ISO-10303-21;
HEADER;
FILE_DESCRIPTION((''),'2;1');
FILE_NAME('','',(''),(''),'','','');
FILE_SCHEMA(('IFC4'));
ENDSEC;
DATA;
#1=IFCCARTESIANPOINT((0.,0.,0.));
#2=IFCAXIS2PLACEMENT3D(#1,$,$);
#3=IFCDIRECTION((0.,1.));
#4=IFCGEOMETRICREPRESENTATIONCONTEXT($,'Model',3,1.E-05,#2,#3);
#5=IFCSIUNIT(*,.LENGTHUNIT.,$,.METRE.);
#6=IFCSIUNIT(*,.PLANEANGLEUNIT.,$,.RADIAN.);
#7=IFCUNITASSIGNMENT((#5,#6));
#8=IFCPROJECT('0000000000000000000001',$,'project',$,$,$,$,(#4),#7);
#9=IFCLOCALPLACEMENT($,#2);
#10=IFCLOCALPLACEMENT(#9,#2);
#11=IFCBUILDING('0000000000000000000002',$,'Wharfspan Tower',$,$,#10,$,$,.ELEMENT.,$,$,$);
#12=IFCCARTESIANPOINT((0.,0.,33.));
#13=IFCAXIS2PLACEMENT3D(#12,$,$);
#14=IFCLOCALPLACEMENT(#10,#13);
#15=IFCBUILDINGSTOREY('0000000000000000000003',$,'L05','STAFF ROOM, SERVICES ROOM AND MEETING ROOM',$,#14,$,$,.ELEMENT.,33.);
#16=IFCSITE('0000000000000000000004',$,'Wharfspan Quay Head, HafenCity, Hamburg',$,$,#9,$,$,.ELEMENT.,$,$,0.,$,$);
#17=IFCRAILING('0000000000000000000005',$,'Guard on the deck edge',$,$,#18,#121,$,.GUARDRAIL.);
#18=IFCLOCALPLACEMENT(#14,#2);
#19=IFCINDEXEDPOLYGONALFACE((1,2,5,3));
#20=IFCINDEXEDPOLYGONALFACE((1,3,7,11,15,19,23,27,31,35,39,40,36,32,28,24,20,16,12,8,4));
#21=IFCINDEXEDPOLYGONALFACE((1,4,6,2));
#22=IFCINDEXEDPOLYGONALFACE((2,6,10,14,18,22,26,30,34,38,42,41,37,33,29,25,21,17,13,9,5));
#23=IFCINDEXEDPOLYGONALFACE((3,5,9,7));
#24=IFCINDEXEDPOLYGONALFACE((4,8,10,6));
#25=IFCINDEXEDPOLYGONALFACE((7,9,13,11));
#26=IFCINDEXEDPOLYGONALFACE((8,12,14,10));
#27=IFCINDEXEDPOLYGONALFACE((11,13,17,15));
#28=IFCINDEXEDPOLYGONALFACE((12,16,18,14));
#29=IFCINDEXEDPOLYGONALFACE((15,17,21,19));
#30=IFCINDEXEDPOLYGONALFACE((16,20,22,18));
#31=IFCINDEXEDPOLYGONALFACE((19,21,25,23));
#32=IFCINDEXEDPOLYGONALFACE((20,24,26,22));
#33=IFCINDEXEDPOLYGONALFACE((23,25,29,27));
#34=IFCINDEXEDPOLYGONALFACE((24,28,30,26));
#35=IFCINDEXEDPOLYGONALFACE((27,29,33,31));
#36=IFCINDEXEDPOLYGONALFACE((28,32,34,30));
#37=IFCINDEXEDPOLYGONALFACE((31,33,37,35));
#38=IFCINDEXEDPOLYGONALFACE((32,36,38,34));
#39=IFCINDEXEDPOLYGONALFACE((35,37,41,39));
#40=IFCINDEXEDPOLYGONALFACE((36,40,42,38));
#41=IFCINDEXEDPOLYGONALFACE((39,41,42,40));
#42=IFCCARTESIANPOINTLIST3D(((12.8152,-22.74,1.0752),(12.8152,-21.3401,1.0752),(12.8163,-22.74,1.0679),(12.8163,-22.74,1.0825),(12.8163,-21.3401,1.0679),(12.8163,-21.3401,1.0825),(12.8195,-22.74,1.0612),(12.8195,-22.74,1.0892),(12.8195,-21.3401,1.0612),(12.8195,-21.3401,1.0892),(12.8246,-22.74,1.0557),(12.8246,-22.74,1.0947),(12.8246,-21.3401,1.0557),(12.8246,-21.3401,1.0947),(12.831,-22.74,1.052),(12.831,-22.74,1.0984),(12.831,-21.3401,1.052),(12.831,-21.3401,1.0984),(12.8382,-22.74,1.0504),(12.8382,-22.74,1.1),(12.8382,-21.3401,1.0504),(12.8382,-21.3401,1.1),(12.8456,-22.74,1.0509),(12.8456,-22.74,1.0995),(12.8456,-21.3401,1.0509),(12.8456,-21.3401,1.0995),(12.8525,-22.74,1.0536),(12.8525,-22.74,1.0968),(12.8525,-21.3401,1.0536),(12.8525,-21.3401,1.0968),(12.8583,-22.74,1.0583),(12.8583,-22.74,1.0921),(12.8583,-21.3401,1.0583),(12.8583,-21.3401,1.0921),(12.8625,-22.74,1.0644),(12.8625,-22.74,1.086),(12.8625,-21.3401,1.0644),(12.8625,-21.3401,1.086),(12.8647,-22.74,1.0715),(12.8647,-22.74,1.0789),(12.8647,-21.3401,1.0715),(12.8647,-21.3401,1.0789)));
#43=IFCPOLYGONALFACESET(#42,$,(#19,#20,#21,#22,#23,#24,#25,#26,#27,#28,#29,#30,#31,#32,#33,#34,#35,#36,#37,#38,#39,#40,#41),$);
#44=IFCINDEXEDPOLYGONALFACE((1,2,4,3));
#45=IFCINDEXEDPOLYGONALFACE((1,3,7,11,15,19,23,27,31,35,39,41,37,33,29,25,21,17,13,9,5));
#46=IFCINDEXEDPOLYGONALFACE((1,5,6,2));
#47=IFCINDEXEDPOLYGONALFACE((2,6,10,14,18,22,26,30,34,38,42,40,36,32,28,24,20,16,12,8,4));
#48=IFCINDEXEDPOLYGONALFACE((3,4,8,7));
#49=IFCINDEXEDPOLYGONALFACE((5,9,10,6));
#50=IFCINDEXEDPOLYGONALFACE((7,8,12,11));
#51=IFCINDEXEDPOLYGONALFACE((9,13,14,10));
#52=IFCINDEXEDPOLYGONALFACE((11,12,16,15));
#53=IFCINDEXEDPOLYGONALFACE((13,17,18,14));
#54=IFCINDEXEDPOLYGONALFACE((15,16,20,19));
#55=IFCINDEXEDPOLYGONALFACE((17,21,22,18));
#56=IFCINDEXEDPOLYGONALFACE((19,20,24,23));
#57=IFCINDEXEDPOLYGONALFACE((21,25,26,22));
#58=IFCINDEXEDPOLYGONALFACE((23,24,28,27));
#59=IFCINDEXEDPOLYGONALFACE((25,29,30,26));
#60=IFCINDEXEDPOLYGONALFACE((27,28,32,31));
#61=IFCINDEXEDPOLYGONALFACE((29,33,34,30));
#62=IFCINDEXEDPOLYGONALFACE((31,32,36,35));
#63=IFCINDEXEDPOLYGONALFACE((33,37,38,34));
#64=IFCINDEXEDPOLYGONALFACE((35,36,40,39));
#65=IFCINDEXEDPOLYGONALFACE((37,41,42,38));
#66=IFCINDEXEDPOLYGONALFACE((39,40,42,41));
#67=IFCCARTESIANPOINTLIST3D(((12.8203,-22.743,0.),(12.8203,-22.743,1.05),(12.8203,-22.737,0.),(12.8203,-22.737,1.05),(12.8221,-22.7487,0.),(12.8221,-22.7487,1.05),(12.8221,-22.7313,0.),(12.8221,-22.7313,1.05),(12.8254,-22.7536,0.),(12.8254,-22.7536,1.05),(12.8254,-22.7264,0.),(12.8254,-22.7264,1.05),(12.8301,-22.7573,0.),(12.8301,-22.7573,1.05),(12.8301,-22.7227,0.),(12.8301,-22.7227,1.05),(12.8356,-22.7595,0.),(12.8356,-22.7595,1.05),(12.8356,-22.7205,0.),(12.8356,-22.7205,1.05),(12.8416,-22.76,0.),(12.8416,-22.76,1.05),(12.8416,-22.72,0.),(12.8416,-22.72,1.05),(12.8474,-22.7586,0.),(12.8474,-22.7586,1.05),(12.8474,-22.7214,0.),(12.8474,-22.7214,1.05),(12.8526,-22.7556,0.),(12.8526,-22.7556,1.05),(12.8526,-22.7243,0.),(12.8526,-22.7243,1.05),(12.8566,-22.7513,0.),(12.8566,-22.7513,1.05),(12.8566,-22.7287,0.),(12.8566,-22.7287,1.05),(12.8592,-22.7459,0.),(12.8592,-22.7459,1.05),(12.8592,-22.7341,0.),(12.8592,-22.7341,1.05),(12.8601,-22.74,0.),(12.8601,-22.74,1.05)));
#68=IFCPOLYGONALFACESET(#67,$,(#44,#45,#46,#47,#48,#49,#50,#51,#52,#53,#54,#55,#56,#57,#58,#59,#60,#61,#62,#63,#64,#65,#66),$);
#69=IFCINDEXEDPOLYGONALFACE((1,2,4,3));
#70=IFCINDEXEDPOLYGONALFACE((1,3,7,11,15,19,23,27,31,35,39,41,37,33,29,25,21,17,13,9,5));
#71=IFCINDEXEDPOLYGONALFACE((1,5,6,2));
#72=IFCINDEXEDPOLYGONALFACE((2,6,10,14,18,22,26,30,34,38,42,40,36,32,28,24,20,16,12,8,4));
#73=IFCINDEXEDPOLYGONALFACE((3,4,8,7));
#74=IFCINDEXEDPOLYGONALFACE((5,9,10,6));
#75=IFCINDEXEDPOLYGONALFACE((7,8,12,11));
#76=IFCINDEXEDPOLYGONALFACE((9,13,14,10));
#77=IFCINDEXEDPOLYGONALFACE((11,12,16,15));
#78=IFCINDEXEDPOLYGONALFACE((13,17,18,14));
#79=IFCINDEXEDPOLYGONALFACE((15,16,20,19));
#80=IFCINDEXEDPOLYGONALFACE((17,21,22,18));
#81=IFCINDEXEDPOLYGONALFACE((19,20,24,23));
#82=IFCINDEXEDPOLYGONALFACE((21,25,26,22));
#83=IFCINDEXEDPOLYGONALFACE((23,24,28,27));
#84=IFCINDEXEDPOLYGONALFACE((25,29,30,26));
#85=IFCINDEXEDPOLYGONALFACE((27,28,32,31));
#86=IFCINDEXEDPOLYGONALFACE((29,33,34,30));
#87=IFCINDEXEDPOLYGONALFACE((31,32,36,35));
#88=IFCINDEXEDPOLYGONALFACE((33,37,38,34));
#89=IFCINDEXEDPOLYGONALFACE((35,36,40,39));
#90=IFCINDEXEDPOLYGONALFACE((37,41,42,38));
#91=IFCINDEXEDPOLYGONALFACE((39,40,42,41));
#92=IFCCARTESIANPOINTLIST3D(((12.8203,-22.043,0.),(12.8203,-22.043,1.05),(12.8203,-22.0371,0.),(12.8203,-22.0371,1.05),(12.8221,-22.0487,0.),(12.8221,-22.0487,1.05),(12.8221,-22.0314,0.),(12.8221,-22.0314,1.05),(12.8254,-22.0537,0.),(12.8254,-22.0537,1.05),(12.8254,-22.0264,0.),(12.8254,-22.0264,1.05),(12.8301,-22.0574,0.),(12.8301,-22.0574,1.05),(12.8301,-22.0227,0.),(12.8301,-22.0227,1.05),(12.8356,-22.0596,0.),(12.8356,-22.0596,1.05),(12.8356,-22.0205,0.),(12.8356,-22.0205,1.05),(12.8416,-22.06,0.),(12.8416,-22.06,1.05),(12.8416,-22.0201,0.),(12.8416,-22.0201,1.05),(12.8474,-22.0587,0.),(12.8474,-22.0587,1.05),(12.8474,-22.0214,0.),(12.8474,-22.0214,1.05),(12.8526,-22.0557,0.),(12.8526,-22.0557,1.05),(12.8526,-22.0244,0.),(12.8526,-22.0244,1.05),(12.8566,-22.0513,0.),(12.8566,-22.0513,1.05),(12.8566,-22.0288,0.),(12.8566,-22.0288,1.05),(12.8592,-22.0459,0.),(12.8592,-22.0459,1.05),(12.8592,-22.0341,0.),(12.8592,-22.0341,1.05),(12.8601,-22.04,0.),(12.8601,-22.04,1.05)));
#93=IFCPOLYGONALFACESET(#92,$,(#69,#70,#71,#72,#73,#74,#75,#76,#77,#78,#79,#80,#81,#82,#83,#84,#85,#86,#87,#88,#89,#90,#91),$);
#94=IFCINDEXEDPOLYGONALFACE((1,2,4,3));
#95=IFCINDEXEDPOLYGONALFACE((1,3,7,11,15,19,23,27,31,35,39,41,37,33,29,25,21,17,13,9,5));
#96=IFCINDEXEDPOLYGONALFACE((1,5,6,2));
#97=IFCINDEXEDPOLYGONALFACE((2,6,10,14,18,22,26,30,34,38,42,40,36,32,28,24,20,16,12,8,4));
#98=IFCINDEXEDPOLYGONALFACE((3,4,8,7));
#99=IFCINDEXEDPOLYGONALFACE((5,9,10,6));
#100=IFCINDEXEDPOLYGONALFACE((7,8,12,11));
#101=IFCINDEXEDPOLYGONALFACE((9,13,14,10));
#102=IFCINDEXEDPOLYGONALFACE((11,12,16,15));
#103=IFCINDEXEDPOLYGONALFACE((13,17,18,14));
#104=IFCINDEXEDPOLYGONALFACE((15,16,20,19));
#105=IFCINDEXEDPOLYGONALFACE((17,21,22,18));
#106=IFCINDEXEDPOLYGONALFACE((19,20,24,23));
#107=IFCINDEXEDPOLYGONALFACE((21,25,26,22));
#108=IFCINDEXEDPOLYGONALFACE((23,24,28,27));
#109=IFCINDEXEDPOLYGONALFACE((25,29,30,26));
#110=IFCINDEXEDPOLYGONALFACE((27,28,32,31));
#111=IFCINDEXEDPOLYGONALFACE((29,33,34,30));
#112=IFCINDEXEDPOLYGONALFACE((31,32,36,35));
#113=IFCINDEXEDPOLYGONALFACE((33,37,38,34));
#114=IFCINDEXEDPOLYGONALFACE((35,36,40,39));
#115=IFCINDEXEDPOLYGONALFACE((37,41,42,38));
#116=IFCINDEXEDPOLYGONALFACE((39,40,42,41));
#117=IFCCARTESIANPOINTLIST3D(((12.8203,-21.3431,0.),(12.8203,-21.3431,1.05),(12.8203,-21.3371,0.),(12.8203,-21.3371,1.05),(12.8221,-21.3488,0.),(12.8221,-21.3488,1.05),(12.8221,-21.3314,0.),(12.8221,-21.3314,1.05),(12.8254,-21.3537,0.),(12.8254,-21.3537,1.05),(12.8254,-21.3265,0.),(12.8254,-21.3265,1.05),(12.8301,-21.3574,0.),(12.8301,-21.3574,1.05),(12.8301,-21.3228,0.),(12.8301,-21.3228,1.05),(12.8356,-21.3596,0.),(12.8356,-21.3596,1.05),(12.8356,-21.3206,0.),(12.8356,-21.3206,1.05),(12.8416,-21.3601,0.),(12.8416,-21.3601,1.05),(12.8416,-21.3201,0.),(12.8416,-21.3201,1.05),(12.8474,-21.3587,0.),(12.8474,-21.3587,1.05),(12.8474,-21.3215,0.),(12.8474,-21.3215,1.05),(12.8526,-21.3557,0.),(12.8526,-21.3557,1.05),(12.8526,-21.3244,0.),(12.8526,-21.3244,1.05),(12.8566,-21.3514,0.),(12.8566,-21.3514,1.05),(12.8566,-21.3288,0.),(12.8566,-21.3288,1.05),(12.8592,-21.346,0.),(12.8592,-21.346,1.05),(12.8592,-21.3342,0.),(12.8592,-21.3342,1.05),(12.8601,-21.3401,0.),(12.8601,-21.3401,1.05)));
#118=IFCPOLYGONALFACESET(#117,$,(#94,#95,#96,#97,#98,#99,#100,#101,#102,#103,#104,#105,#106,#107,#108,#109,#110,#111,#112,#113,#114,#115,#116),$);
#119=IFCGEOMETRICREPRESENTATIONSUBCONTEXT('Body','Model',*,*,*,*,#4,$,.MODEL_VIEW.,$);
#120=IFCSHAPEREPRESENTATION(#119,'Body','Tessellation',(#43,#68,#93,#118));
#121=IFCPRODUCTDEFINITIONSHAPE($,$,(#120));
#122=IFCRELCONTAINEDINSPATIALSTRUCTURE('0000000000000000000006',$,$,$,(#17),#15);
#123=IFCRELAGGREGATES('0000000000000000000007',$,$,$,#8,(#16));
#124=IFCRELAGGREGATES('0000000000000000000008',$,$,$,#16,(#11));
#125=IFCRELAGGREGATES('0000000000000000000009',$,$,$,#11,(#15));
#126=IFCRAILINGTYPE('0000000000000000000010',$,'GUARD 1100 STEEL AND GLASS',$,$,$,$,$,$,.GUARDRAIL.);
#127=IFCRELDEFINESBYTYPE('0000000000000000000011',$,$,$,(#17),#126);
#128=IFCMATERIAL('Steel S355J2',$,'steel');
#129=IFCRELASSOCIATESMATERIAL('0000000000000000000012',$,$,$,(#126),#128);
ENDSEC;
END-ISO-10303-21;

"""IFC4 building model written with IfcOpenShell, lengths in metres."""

from ifc_helpers import new_model, si_unit, direction, frame, origin, origin_2d, place, context, subcontext, project, spatial, circle, extrude, material, type_object, element, save


model = new_model("IFC4")

# Units and contexts
model_context = context("Model", 3, precision=1e-05, world=origin(), true_north=direction((0.0, 1.0)))
body_context = subcontext(model_context, "Body", "Model", "MODEL_VIEW")
ifc_project = project(units=[si_unit("LENGTHUNIT", "METRE"), si_unit("PLANEANGLEUNIT", "RADIAN")], contexts=[model_context])

# Site, building, storey
site_placement = place(None, origin())
site = spatial("IfcSite", under=ifc_project, at=site_placement, Name="Wharfspan Quay Head, HafenCity, Hamburg", CompositionType="ELEMENT", RefElevation=0.0)
building_placement = place(site_placement, origin())
building = spatial("IfcBuilding", under=site, at=building_placement, Name="Wharfspan Tower", CompositionType="ELEMENT")
storey_placement = place(building_placement, frame((0.0, 0.0, 33.0)))
storey = spatial("IfcBuildingStorey", under=building, at=storey_placement, Name="L05", Description="STAFF ROOM, SERVICES ROOM AND MEETING ROOM", CompositionType="ELEMENT", Elevation=33.0)

# Railing
ifc_material_1 = material(Name="Steel S355J2", Category="steel")
railing_type = type_object("IfcRailingType", Name="GUARD 1100 STEEL AND GLASS", PredefinedType="GUARDRAIL", material=ifc_material_1)
railing_1_placement = place(storey_placement, frame((12.8401, -22.74, 0.0)))
element("IfcRailing", 1, at=railing_1_placement, inside=storey, type_object=railing_type, Name="Guard on the deck edge", PredefinedType="GUARDRAIL", context=body_context, shape_type="SweptSolid", body=[
    extrude(circle(Radius=0.0249, at=origin_2d()), frame((0.0, 0.0, 1.0752), z_axis=(0.0, 1.0, 0.0), x_axis=(-1.0, 0.0, 0.0)), (0.0, 0.0, 1.0), 1.3999),
    extrude(circle(Radius=0.02, at=origin_2d()), origin(), (0.0, 0.0, 1.0), 1.05),
    extrude(circle(Radius=0.02, at=origin_2d()), frame((0.0, 0.7, 0.0)), (0.0, 0.0, 1.0), 1.05),
    extrude(circle(Radius=0.02, at=origin_2d()), frame((0.0, 1.3999, 0.0)), (0.0, 0.0, 1.0), 1.05),
])

save(model, "model.ifc")
